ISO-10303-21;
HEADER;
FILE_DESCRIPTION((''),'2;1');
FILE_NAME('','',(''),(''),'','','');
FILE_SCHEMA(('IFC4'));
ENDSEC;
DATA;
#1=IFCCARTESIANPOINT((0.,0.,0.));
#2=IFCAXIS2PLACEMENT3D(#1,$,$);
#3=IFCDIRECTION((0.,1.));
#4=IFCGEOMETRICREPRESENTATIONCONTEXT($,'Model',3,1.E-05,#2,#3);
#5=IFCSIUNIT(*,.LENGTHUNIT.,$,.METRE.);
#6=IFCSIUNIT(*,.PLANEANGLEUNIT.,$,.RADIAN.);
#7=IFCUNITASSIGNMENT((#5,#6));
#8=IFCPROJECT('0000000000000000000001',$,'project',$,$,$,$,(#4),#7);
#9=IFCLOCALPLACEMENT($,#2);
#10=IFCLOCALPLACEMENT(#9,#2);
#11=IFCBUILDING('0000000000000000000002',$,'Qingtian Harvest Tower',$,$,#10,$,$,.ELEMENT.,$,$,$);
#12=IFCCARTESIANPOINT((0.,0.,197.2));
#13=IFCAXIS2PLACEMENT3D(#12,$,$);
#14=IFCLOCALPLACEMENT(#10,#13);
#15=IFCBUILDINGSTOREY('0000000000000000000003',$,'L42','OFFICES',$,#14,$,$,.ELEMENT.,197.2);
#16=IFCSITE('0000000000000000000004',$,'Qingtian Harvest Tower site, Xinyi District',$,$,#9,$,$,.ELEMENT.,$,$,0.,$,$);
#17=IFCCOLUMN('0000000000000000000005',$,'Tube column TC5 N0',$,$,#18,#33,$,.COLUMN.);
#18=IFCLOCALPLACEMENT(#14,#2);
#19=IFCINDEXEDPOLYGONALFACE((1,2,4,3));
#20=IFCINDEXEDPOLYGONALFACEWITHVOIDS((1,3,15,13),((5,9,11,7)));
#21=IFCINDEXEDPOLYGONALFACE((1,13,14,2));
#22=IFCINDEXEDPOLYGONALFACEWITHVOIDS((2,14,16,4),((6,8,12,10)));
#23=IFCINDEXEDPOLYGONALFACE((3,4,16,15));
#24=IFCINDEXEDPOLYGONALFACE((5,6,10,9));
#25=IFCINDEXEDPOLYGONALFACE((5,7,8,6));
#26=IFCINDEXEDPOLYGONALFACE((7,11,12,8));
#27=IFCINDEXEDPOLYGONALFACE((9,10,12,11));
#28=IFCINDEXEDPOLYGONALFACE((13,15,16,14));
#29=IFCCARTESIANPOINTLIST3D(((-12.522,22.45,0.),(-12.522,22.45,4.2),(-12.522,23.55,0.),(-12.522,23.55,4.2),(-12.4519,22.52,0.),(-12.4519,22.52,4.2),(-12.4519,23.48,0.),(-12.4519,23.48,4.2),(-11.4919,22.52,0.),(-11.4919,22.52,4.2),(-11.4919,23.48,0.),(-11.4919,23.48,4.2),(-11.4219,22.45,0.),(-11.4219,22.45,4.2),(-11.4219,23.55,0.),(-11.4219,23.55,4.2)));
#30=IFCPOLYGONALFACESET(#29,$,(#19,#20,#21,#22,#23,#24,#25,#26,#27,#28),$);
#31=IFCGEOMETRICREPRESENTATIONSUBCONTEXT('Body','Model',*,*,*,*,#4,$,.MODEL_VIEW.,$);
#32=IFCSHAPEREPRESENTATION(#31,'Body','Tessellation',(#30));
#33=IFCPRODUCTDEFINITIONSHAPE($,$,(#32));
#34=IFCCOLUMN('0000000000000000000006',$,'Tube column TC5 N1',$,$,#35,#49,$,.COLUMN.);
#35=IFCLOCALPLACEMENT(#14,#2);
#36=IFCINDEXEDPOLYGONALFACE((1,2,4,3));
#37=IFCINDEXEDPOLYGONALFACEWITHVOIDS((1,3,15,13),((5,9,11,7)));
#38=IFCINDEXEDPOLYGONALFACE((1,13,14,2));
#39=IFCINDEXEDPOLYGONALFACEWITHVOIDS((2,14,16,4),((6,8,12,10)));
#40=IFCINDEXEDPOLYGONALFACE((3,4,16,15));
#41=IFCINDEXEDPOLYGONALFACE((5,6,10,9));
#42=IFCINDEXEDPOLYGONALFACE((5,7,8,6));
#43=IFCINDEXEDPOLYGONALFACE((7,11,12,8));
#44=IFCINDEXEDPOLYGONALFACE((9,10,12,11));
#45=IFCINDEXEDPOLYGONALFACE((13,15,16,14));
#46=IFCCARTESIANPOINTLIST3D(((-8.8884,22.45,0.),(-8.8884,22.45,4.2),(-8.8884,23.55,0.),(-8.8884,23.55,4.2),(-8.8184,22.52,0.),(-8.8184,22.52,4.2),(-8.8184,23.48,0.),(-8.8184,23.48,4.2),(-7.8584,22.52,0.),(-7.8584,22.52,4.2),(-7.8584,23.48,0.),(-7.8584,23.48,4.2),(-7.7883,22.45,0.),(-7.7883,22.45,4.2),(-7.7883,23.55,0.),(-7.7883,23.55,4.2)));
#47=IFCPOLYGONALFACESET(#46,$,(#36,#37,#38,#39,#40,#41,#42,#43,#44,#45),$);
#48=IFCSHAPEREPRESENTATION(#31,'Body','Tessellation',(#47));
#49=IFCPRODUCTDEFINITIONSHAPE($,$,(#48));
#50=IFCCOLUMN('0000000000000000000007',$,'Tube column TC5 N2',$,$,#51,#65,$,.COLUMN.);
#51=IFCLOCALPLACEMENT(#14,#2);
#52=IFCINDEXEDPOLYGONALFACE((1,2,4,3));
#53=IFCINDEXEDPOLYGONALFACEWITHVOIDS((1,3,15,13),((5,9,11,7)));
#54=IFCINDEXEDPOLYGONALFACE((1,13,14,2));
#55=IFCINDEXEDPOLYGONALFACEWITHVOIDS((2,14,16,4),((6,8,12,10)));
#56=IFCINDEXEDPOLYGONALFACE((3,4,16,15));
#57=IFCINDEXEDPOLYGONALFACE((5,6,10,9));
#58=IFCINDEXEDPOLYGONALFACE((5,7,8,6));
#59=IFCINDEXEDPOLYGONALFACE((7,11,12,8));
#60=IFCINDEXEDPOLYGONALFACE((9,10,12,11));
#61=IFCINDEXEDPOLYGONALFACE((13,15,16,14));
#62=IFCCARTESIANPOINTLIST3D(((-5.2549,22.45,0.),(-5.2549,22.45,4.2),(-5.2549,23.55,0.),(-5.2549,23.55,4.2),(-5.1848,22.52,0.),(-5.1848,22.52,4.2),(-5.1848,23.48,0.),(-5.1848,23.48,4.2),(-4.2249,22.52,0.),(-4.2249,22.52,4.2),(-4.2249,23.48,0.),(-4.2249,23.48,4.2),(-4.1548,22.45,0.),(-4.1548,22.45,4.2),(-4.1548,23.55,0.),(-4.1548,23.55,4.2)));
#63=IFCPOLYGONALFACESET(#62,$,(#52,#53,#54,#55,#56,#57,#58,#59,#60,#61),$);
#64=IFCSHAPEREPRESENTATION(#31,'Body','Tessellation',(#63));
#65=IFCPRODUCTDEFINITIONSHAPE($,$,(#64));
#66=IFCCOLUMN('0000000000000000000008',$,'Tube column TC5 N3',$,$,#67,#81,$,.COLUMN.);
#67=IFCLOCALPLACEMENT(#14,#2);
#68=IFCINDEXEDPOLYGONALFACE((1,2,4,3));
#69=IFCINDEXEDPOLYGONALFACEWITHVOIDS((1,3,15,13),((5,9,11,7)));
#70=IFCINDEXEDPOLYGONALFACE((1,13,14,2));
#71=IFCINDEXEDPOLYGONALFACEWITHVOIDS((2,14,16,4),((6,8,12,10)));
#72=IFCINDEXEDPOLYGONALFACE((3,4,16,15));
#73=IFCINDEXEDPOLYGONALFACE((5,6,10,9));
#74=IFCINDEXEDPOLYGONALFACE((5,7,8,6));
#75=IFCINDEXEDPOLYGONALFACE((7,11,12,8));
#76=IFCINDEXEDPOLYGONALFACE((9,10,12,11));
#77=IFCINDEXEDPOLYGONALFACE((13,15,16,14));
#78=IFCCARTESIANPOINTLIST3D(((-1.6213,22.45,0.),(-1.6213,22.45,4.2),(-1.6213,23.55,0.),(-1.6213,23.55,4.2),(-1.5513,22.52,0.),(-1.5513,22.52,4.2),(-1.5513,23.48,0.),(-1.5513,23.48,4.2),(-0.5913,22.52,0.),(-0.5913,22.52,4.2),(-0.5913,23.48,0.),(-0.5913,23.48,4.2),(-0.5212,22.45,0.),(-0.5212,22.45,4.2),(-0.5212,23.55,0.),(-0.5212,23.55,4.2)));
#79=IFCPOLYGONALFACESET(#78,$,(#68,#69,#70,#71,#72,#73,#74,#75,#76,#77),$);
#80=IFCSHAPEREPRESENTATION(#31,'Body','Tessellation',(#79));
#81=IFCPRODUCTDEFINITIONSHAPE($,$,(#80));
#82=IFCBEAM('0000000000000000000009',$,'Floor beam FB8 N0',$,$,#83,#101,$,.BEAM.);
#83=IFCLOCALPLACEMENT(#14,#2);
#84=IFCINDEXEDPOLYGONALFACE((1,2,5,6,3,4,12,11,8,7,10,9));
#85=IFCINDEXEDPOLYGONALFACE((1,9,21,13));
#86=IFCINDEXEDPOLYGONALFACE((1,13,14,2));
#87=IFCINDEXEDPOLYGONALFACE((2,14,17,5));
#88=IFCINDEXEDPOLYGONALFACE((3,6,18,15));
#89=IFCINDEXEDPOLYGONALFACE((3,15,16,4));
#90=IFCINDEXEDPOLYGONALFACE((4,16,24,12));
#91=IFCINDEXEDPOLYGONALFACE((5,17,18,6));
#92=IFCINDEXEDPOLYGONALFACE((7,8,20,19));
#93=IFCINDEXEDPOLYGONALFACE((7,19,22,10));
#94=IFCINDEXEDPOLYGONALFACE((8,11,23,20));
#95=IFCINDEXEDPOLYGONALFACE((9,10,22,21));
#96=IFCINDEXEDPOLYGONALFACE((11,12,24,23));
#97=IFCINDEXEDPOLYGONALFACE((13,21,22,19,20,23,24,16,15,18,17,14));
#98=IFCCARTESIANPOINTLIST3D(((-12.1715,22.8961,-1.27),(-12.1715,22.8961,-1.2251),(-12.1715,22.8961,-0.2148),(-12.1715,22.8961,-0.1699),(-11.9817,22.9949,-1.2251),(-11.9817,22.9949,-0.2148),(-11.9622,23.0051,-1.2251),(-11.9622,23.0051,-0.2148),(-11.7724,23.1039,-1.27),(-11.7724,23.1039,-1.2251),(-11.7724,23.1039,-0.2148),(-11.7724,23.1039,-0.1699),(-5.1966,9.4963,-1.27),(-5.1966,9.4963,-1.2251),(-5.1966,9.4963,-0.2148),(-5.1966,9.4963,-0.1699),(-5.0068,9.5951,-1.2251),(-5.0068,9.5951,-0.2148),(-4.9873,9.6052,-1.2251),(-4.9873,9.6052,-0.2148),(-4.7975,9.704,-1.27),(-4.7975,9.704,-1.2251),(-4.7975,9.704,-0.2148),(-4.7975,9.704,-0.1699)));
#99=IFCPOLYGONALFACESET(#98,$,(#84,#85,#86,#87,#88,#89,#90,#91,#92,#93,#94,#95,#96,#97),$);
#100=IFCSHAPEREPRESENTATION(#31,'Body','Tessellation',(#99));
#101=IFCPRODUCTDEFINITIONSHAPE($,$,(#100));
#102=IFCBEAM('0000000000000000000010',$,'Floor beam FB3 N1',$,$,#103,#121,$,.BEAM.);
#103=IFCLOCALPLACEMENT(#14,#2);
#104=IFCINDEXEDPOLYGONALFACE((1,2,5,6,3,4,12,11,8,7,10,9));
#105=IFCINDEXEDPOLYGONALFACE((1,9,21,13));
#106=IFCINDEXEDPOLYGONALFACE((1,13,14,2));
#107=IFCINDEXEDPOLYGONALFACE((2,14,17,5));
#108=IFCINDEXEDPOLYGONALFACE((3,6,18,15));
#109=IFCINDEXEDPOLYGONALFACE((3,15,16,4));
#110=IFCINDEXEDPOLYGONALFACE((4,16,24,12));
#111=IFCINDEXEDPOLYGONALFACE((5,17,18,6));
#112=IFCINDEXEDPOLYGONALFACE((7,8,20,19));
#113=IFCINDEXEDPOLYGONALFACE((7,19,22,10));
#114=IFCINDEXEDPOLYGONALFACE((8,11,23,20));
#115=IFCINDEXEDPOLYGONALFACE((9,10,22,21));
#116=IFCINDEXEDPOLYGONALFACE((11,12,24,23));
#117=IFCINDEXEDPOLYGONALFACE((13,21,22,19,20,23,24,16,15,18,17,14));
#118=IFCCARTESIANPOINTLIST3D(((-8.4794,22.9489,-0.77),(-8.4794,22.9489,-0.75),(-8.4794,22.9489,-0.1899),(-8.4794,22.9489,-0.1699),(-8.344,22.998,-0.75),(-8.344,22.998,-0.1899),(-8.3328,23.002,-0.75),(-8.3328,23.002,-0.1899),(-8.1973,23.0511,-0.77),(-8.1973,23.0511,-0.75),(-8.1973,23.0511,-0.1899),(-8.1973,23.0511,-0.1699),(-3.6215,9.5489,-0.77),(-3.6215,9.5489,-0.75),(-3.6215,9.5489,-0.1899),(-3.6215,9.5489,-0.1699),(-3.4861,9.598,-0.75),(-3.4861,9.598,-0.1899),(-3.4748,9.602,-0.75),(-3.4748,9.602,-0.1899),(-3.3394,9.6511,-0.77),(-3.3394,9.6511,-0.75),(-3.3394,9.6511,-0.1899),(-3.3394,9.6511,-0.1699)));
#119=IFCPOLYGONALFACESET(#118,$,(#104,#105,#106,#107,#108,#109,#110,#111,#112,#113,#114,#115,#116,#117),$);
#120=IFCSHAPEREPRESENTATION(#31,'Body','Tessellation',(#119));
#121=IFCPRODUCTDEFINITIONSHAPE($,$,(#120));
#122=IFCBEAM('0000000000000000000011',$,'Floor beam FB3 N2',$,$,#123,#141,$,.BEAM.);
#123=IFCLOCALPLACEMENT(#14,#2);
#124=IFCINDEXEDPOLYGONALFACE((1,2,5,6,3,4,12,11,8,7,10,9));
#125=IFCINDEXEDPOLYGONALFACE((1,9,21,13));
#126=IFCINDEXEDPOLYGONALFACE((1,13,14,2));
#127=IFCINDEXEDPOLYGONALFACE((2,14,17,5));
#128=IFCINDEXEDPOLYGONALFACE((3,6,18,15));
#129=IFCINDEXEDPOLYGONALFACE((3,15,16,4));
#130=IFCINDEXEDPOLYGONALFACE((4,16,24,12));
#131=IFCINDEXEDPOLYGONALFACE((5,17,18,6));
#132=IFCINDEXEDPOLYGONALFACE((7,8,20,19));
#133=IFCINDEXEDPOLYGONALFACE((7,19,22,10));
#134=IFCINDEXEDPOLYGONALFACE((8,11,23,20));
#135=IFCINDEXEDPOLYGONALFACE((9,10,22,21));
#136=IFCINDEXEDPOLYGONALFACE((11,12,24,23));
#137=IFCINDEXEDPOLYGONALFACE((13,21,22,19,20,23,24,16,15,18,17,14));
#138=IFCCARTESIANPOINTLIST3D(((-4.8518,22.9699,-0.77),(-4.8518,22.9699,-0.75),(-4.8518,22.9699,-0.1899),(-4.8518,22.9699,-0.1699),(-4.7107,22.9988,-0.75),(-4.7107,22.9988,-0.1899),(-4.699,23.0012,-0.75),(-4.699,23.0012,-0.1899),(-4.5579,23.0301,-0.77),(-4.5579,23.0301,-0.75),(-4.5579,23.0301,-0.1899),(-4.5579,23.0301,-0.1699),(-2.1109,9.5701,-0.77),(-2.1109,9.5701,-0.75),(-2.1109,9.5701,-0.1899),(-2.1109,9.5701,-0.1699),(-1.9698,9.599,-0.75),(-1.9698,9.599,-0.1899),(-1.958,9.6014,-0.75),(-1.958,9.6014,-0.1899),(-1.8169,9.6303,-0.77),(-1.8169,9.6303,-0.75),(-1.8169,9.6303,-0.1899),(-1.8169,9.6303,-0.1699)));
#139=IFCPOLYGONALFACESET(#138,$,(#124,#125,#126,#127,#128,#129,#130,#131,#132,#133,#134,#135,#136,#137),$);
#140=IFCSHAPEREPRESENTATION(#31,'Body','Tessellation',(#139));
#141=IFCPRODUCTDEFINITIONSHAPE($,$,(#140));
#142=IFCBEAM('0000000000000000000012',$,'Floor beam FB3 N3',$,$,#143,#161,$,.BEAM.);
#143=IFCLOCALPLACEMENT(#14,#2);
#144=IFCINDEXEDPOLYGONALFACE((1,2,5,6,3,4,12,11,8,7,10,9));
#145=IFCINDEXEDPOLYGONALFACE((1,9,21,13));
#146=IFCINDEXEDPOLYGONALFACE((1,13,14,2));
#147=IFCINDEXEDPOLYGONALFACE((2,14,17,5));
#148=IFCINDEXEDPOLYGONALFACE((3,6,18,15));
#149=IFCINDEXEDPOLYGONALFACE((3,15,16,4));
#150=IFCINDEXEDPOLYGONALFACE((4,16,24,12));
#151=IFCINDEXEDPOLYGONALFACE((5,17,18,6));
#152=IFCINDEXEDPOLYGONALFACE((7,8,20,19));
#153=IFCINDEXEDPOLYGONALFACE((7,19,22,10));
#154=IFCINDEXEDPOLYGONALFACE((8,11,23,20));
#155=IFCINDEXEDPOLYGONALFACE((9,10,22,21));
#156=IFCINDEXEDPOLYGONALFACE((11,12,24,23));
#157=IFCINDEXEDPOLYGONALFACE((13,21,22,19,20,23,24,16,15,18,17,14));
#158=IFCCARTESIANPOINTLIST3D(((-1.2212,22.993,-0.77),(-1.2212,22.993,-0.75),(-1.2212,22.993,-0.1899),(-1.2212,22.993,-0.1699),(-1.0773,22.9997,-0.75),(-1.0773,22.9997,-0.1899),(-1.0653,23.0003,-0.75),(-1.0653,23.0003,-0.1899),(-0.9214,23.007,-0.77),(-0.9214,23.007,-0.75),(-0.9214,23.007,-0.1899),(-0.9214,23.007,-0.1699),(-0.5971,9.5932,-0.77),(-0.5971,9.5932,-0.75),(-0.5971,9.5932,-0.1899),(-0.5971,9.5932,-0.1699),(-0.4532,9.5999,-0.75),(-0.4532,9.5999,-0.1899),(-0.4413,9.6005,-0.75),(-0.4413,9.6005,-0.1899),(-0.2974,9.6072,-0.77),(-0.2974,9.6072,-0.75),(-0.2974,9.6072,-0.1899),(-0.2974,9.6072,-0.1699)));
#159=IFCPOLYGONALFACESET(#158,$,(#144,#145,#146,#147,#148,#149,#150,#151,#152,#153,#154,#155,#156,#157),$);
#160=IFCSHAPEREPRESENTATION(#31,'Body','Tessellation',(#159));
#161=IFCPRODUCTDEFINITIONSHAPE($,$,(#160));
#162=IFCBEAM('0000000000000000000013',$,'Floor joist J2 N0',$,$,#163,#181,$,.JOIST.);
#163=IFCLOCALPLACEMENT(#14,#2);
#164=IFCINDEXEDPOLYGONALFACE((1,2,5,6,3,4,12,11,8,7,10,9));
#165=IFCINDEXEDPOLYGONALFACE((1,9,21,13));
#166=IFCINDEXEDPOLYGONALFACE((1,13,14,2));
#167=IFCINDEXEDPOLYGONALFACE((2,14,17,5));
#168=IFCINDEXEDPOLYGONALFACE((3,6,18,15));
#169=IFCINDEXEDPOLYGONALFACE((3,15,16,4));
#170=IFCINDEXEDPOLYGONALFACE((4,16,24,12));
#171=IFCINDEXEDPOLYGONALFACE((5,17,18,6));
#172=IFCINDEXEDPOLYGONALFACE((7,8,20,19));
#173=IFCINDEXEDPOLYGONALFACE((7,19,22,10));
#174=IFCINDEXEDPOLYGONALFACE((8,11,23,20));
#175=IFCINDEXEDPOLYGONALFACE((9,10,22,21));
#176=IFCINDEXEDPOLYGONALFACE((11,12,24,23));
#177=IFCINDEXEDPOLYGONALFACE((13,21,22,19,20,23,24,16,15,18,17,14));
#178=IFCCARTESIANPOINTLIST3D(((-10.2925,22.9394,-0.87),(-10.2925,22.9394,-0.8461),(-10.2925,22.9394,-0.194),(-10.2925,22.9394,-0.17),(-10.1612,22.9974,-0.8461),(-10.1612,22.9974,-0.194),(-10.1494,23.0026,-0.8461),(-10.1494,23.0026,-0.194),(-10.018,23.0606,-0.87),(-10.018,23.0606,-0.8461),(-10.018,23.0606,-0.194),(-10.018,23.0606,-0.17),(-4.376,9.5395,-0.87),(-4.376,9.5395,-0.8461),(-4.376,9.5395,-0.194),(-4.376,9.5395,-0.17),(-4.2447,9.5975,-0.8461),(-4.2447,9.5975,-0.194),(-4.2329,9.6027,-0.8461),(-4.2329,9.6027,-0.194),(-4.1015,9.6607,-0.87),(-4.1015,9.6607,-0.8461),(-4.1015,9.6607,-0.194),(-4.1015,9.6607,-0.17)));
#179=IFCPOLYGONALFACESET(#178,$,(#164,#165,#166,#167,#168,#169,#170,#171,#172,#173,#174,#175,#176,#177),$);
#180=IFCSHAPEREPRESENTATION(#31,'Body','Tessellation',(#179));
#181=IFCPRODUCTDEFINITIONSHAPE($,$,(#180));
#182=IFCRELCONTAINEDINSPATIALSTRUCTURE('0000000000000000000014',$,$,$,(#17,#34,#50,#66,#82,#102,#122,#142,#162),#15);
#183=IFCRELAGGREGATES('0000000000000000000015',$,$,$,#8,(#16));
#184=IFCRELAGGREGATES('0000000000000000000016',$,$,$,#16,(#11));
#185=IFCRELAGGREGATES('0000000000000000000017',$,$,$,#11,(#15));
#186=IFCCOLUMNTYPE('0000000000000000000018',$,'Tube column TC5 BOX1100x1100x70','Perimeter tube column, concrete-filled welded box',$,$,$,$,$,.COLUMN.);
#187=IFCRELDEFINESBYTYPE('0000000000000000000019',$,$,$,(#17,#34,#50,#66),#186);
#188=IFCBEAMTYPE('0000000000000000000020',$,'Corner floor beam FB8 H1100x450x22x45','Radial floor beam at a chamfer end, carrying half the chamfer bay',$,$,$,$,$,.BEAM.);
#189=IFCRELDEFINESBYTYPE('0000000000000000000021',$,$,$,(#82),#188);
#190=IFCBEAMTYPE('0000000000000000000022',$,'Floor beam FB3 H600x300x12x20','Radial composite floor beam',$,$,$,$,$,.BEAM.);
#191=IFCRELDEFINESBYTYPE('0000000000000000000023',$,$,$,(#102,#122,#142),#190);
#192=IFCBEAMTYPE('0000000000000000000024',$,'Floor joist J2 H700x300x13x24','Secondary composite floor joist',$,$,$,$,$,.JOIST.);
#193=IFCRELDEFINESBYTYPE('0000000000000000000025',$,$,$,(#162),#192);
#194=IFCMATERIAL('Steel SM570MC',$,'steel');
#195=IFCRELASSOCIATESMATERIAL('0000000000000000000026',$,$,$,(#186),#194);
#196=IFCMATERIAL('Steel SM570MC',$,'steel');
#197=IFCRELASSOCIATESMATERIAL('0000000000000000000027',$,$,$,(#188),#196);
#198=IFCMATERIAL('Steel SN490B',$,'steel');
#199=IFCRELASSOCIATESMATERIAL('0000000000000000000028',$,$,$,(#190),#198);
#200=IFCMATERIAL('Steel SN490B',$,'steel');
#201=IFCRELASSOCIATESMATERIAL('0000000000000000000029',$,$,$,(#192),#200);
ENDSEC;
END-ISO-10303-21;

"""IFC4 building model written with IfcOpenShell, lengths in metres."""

from ifc_helpers import new_model, si_unit, direction, frame, origin, origin_2d, place, context, subcontext, project, spatial, hollow_rectangle, i_section, extrude, material, material_profile, profile_set, type_object, element, save


model = new_model("IFC4")

# Units and contexts
model_context = context("Model", 3, precision=1e-05, world=origin(), true_north=direction((0.0, 1.0)))
body_context = subcontext(model_context, "Body", "Model", "MODEL_VIEW")
ifc_project = project(units=[si_unit("LENGTHUNIT", "METRE"), si_unit("PLANEANGLEUNIT", "RADIAN")], contexts=[model_context])

# Site, building, storey
site_placement = place(None, origin())
site = spatial("IfcSite", under=ifc_project, at=site_placement, Name="Qingtian Harvest Tower site, Xinyi District", CompositionType="ELEMENT", RefElevation=0.0)
building_placement = place(site_placement, origin())
building = spatial("IfcBuilding", under=site, at=building_placement, Name="Qingtian Harvest Tower", CompositionType="ELEMENT")
storey_placement = place(building_placement, frame((0.0, 0.0, 197.2)))
storey = spatial("IfcBuildingStorey", under=building, at=storey_placement, Name="L42", Description="OFFICES", CompositionType="ELEMENT", Elevation=197.2)

# Columns
ifc_material_1 = material(Name="Steel SM570MC", Category="steel")
ifc_material_profile_1 = material_profile(ifc_material_1, hollow_rectangle(XDim=1.1001, YDim=1.1001, WallThickness=0.0701, at=origin_2d()), Name="BOX1100x1100x70")
ifc_profile_set_1 = profile_set([ifc_material_profile_1], Name="Steel SM570MC")
column_type = type_object("IfcColumnType", Name="Tube column TC5 BOX1100x1100x70", Description="Perimeter tube column, concrete-filled welded box", PredefinedType="COLUMN", material=ifc_profile_set_1)
for number, where, z_axis, x_axis, name in (
    (1, (-11.9719, 23.0, 0.0), (0.0, 0.0, 1.0), (-1.0, 0.0, 0.0), "Tube column TC5 N0"),
    (2, (-8.3384, 23.0, 0.0), (0.0, 0.0, 1.0), (-1.0, 0.0, 0.0), "Tube column TC5 N1"),
    (3, (-4.7048, 23.0, 0.0), (0.0, 0.0, 1.0), (-1.0, 0.0, 0.0), "Tube column TC5 N2"),
    (4, (-1.0713, 23.0, 0.0), (0.0, 0.0, 1.0), (-1.0, 0.0, 0.0), "Tube column TC5 N3"),
):
    element("IfcColumn", number, at=place(storey_placement, frame(where, z_axis=z_axis, x_axis=x_axis)), inside=storey, type_object=column_type, Name=name, PredefinedType="COLUMN", context=body_context, shape_type="SweptSolid", body=[
        extrude(hollow_rectangle(XDim=1.1001, YDim=1.1001, WallThickness=0.0701, at=origin_2d()), origin(), (0.0, 0.0, 1.0), 4.2),
    ])

# Beams
ifc_material_2 = material(Name="Steel SM570MC", Category="steel")
ifc_material_profile_2 = material_profile(ifc_material_2, i_section(OverallWidth=0.45, OverallDepth=1.1001, WebThickness=0.022, FlangeThickness=0.0449, at=origin_2d()), Name="H1100x450x22x45")
ifc_profile_set_2 = profile_set([ifc_material_profile_2], Name="Steel SM570MC")
beam_type_1 = type_object("IfcBeamType", Name="Corner floor beam FB8 H1100x450x22x45", Description="Radial floor beam at a chamfer end, carrying half the chamfer bay", PredefinedType="BEAM", material=ifc_profile_set_2)
beam_1_placement = place(storey_placement, frame((-11.9719, 23.0, -0.72), z_axis=(0.461712, -0.88703, 0.0), x_axis=(0.88703, 0.461712, 0.0)))
element("IfcBeam", 5, at=beam_1_placement, inside=storey, type_object=beam_type_1, Name="Floor beam FB8 N0", PredefinedType="BEAM", context=body_context, shape_type="SweptSolid", body=[
    extrude(i_section(OverallWidth=0.45, OverallDepth=1.1001, WebThickness=0.022, FlangeThickness=0.0449, at=origin_2d()), origin(), (0.0, 0.0, 1.0), 15.1064),
])
ifc_material_3 = material(Name="Steel SN490B", Category="steel")
ifc_material_profile_3 = material_profile(ifc_material_3, i_section(OverallWidth=0.3, OverallDepth=0.6001, WebThickness=0.012, FlangeThickness=0.02, at=origin_2d()), Name="H600x300x12x20")
ifc_profile_set_3 = profile_set([ifc_material_profile_3], Name="Steel SN490B")
beam_type_2 = type_object("IfcBeamType", Name="Floor beam FB3 H600x300x12x20", Description="Radial composite floor beam", PredefinedType="BEAM", material=ifc_profile_set_3)
beam_2_placement = place(storey_placement, frame((-8.3384, 23.0, -0.47), z_axis=(0.340827, -0.940126, 0.0), x_axis=(0.940126, 0.340827, 0.0)))
element("IfcBeam", 6, at=beam_2_placement, inside=storey, type_object=beam_type_2, Name="Floor beam FB3 N1", PredefinedType="BEAM", context=body_context, shape_type="SweptSolid", body=[
    extrude(i_section(OverallWidth=0.3, OverallDepth=0.6001, WebThickness=0.012, FlangeThickness=0.02, at=origin_2d()), origin(), (0.0, 0.0, 1.0), 14.2534),
])
beam_3_placement = place(storey_placement, frame((-4.7048, 23.0, -0.47), z_axis=(0.200402, -0.979714, 0.0), x_axis=(0.979714, 0.200402, 0.0)))
element("IfcBeam", 7, at=beam_3_placement, inside=storey, type_object=beam_type_2, Name="Floor beam FB3 N2", PredefinedType="BEAM", context=body_context, shape_type="SweptSolid", body=[
    extrude(i_section(OverallWidth=0.3, OverallDepth=0.6001, WebThickness=0.012, FlangeThickness=0.02, at=origin_2d()), origin(), (0.0, 0.0, 1.0), 13.6772),
])
beam_4_placement = place(storey_placement, frame((-1.0713, 23.0, -0.47), z_axis=(0.046519, -0.998917, 0.0), x_axis=(0.998917, 0.046519, 0.0)))
element("IfcBeam", 8, at=beam_4_placement, inside=storey, type_object=beam_type_2, Name="Floor beam FB3 N3", PredefinedType="BEAM", context=body_context, shape_type="SweptSolid", body=[
    extrude(i_section(OverallWidth=0.3, OverallDepth=0.6001, WebThickness=0.012, FlangeThickness=0.02, at=origin_2d()), origin(), (0.0, 0.0, 1.0), 13.4143),
])
ifc_material_4 = material(Name="Steel SN490B", Category="steel")
ifc_material_profile_4 = material_profile(ifc_material_4, i_section(OverallWidth=0.3, OverallDepth=0.7, WebThickness=0.0129, FlangeThickness=0.0239, at=origin_2d()), Name="H700x300x13x24")
ifc_profile_set_4 = profile_set([ifc_material_profile_4], Name="Steel SN490B")
beam_type_3 = type_object("IfcBeamType", Name="Floor joist J2 H700x300x13x24", Description="Secondary composite floor joist", PredefinedType="JOIST", material=ifc_profile_set_4)
beam_5_placement = place(storey_placement, frame((-10.1553, 23.0, -0.52), z_axis=(0.403913, -0.914797, 0.0), x_axis=(0.914797, 0.403913, 0.0)))
element("IfcBeam", 9, at=beam_5_placement, inside=storey, type_object=beam_type_3, Name="Floor joist J2 N0", PredefinedType="JOIST", context=body_context, shape_type="SweptSolid", body=[
    extrude(i_section(OverallWidth=0.3, OverallDepth=0.7, WebThickness=0.0129, FlangeThickness=0.0239, at=origin_2d()), origin(), (0.0, 0.0, 1.0), 14.6479),
])

save(model, "model.ifc")
